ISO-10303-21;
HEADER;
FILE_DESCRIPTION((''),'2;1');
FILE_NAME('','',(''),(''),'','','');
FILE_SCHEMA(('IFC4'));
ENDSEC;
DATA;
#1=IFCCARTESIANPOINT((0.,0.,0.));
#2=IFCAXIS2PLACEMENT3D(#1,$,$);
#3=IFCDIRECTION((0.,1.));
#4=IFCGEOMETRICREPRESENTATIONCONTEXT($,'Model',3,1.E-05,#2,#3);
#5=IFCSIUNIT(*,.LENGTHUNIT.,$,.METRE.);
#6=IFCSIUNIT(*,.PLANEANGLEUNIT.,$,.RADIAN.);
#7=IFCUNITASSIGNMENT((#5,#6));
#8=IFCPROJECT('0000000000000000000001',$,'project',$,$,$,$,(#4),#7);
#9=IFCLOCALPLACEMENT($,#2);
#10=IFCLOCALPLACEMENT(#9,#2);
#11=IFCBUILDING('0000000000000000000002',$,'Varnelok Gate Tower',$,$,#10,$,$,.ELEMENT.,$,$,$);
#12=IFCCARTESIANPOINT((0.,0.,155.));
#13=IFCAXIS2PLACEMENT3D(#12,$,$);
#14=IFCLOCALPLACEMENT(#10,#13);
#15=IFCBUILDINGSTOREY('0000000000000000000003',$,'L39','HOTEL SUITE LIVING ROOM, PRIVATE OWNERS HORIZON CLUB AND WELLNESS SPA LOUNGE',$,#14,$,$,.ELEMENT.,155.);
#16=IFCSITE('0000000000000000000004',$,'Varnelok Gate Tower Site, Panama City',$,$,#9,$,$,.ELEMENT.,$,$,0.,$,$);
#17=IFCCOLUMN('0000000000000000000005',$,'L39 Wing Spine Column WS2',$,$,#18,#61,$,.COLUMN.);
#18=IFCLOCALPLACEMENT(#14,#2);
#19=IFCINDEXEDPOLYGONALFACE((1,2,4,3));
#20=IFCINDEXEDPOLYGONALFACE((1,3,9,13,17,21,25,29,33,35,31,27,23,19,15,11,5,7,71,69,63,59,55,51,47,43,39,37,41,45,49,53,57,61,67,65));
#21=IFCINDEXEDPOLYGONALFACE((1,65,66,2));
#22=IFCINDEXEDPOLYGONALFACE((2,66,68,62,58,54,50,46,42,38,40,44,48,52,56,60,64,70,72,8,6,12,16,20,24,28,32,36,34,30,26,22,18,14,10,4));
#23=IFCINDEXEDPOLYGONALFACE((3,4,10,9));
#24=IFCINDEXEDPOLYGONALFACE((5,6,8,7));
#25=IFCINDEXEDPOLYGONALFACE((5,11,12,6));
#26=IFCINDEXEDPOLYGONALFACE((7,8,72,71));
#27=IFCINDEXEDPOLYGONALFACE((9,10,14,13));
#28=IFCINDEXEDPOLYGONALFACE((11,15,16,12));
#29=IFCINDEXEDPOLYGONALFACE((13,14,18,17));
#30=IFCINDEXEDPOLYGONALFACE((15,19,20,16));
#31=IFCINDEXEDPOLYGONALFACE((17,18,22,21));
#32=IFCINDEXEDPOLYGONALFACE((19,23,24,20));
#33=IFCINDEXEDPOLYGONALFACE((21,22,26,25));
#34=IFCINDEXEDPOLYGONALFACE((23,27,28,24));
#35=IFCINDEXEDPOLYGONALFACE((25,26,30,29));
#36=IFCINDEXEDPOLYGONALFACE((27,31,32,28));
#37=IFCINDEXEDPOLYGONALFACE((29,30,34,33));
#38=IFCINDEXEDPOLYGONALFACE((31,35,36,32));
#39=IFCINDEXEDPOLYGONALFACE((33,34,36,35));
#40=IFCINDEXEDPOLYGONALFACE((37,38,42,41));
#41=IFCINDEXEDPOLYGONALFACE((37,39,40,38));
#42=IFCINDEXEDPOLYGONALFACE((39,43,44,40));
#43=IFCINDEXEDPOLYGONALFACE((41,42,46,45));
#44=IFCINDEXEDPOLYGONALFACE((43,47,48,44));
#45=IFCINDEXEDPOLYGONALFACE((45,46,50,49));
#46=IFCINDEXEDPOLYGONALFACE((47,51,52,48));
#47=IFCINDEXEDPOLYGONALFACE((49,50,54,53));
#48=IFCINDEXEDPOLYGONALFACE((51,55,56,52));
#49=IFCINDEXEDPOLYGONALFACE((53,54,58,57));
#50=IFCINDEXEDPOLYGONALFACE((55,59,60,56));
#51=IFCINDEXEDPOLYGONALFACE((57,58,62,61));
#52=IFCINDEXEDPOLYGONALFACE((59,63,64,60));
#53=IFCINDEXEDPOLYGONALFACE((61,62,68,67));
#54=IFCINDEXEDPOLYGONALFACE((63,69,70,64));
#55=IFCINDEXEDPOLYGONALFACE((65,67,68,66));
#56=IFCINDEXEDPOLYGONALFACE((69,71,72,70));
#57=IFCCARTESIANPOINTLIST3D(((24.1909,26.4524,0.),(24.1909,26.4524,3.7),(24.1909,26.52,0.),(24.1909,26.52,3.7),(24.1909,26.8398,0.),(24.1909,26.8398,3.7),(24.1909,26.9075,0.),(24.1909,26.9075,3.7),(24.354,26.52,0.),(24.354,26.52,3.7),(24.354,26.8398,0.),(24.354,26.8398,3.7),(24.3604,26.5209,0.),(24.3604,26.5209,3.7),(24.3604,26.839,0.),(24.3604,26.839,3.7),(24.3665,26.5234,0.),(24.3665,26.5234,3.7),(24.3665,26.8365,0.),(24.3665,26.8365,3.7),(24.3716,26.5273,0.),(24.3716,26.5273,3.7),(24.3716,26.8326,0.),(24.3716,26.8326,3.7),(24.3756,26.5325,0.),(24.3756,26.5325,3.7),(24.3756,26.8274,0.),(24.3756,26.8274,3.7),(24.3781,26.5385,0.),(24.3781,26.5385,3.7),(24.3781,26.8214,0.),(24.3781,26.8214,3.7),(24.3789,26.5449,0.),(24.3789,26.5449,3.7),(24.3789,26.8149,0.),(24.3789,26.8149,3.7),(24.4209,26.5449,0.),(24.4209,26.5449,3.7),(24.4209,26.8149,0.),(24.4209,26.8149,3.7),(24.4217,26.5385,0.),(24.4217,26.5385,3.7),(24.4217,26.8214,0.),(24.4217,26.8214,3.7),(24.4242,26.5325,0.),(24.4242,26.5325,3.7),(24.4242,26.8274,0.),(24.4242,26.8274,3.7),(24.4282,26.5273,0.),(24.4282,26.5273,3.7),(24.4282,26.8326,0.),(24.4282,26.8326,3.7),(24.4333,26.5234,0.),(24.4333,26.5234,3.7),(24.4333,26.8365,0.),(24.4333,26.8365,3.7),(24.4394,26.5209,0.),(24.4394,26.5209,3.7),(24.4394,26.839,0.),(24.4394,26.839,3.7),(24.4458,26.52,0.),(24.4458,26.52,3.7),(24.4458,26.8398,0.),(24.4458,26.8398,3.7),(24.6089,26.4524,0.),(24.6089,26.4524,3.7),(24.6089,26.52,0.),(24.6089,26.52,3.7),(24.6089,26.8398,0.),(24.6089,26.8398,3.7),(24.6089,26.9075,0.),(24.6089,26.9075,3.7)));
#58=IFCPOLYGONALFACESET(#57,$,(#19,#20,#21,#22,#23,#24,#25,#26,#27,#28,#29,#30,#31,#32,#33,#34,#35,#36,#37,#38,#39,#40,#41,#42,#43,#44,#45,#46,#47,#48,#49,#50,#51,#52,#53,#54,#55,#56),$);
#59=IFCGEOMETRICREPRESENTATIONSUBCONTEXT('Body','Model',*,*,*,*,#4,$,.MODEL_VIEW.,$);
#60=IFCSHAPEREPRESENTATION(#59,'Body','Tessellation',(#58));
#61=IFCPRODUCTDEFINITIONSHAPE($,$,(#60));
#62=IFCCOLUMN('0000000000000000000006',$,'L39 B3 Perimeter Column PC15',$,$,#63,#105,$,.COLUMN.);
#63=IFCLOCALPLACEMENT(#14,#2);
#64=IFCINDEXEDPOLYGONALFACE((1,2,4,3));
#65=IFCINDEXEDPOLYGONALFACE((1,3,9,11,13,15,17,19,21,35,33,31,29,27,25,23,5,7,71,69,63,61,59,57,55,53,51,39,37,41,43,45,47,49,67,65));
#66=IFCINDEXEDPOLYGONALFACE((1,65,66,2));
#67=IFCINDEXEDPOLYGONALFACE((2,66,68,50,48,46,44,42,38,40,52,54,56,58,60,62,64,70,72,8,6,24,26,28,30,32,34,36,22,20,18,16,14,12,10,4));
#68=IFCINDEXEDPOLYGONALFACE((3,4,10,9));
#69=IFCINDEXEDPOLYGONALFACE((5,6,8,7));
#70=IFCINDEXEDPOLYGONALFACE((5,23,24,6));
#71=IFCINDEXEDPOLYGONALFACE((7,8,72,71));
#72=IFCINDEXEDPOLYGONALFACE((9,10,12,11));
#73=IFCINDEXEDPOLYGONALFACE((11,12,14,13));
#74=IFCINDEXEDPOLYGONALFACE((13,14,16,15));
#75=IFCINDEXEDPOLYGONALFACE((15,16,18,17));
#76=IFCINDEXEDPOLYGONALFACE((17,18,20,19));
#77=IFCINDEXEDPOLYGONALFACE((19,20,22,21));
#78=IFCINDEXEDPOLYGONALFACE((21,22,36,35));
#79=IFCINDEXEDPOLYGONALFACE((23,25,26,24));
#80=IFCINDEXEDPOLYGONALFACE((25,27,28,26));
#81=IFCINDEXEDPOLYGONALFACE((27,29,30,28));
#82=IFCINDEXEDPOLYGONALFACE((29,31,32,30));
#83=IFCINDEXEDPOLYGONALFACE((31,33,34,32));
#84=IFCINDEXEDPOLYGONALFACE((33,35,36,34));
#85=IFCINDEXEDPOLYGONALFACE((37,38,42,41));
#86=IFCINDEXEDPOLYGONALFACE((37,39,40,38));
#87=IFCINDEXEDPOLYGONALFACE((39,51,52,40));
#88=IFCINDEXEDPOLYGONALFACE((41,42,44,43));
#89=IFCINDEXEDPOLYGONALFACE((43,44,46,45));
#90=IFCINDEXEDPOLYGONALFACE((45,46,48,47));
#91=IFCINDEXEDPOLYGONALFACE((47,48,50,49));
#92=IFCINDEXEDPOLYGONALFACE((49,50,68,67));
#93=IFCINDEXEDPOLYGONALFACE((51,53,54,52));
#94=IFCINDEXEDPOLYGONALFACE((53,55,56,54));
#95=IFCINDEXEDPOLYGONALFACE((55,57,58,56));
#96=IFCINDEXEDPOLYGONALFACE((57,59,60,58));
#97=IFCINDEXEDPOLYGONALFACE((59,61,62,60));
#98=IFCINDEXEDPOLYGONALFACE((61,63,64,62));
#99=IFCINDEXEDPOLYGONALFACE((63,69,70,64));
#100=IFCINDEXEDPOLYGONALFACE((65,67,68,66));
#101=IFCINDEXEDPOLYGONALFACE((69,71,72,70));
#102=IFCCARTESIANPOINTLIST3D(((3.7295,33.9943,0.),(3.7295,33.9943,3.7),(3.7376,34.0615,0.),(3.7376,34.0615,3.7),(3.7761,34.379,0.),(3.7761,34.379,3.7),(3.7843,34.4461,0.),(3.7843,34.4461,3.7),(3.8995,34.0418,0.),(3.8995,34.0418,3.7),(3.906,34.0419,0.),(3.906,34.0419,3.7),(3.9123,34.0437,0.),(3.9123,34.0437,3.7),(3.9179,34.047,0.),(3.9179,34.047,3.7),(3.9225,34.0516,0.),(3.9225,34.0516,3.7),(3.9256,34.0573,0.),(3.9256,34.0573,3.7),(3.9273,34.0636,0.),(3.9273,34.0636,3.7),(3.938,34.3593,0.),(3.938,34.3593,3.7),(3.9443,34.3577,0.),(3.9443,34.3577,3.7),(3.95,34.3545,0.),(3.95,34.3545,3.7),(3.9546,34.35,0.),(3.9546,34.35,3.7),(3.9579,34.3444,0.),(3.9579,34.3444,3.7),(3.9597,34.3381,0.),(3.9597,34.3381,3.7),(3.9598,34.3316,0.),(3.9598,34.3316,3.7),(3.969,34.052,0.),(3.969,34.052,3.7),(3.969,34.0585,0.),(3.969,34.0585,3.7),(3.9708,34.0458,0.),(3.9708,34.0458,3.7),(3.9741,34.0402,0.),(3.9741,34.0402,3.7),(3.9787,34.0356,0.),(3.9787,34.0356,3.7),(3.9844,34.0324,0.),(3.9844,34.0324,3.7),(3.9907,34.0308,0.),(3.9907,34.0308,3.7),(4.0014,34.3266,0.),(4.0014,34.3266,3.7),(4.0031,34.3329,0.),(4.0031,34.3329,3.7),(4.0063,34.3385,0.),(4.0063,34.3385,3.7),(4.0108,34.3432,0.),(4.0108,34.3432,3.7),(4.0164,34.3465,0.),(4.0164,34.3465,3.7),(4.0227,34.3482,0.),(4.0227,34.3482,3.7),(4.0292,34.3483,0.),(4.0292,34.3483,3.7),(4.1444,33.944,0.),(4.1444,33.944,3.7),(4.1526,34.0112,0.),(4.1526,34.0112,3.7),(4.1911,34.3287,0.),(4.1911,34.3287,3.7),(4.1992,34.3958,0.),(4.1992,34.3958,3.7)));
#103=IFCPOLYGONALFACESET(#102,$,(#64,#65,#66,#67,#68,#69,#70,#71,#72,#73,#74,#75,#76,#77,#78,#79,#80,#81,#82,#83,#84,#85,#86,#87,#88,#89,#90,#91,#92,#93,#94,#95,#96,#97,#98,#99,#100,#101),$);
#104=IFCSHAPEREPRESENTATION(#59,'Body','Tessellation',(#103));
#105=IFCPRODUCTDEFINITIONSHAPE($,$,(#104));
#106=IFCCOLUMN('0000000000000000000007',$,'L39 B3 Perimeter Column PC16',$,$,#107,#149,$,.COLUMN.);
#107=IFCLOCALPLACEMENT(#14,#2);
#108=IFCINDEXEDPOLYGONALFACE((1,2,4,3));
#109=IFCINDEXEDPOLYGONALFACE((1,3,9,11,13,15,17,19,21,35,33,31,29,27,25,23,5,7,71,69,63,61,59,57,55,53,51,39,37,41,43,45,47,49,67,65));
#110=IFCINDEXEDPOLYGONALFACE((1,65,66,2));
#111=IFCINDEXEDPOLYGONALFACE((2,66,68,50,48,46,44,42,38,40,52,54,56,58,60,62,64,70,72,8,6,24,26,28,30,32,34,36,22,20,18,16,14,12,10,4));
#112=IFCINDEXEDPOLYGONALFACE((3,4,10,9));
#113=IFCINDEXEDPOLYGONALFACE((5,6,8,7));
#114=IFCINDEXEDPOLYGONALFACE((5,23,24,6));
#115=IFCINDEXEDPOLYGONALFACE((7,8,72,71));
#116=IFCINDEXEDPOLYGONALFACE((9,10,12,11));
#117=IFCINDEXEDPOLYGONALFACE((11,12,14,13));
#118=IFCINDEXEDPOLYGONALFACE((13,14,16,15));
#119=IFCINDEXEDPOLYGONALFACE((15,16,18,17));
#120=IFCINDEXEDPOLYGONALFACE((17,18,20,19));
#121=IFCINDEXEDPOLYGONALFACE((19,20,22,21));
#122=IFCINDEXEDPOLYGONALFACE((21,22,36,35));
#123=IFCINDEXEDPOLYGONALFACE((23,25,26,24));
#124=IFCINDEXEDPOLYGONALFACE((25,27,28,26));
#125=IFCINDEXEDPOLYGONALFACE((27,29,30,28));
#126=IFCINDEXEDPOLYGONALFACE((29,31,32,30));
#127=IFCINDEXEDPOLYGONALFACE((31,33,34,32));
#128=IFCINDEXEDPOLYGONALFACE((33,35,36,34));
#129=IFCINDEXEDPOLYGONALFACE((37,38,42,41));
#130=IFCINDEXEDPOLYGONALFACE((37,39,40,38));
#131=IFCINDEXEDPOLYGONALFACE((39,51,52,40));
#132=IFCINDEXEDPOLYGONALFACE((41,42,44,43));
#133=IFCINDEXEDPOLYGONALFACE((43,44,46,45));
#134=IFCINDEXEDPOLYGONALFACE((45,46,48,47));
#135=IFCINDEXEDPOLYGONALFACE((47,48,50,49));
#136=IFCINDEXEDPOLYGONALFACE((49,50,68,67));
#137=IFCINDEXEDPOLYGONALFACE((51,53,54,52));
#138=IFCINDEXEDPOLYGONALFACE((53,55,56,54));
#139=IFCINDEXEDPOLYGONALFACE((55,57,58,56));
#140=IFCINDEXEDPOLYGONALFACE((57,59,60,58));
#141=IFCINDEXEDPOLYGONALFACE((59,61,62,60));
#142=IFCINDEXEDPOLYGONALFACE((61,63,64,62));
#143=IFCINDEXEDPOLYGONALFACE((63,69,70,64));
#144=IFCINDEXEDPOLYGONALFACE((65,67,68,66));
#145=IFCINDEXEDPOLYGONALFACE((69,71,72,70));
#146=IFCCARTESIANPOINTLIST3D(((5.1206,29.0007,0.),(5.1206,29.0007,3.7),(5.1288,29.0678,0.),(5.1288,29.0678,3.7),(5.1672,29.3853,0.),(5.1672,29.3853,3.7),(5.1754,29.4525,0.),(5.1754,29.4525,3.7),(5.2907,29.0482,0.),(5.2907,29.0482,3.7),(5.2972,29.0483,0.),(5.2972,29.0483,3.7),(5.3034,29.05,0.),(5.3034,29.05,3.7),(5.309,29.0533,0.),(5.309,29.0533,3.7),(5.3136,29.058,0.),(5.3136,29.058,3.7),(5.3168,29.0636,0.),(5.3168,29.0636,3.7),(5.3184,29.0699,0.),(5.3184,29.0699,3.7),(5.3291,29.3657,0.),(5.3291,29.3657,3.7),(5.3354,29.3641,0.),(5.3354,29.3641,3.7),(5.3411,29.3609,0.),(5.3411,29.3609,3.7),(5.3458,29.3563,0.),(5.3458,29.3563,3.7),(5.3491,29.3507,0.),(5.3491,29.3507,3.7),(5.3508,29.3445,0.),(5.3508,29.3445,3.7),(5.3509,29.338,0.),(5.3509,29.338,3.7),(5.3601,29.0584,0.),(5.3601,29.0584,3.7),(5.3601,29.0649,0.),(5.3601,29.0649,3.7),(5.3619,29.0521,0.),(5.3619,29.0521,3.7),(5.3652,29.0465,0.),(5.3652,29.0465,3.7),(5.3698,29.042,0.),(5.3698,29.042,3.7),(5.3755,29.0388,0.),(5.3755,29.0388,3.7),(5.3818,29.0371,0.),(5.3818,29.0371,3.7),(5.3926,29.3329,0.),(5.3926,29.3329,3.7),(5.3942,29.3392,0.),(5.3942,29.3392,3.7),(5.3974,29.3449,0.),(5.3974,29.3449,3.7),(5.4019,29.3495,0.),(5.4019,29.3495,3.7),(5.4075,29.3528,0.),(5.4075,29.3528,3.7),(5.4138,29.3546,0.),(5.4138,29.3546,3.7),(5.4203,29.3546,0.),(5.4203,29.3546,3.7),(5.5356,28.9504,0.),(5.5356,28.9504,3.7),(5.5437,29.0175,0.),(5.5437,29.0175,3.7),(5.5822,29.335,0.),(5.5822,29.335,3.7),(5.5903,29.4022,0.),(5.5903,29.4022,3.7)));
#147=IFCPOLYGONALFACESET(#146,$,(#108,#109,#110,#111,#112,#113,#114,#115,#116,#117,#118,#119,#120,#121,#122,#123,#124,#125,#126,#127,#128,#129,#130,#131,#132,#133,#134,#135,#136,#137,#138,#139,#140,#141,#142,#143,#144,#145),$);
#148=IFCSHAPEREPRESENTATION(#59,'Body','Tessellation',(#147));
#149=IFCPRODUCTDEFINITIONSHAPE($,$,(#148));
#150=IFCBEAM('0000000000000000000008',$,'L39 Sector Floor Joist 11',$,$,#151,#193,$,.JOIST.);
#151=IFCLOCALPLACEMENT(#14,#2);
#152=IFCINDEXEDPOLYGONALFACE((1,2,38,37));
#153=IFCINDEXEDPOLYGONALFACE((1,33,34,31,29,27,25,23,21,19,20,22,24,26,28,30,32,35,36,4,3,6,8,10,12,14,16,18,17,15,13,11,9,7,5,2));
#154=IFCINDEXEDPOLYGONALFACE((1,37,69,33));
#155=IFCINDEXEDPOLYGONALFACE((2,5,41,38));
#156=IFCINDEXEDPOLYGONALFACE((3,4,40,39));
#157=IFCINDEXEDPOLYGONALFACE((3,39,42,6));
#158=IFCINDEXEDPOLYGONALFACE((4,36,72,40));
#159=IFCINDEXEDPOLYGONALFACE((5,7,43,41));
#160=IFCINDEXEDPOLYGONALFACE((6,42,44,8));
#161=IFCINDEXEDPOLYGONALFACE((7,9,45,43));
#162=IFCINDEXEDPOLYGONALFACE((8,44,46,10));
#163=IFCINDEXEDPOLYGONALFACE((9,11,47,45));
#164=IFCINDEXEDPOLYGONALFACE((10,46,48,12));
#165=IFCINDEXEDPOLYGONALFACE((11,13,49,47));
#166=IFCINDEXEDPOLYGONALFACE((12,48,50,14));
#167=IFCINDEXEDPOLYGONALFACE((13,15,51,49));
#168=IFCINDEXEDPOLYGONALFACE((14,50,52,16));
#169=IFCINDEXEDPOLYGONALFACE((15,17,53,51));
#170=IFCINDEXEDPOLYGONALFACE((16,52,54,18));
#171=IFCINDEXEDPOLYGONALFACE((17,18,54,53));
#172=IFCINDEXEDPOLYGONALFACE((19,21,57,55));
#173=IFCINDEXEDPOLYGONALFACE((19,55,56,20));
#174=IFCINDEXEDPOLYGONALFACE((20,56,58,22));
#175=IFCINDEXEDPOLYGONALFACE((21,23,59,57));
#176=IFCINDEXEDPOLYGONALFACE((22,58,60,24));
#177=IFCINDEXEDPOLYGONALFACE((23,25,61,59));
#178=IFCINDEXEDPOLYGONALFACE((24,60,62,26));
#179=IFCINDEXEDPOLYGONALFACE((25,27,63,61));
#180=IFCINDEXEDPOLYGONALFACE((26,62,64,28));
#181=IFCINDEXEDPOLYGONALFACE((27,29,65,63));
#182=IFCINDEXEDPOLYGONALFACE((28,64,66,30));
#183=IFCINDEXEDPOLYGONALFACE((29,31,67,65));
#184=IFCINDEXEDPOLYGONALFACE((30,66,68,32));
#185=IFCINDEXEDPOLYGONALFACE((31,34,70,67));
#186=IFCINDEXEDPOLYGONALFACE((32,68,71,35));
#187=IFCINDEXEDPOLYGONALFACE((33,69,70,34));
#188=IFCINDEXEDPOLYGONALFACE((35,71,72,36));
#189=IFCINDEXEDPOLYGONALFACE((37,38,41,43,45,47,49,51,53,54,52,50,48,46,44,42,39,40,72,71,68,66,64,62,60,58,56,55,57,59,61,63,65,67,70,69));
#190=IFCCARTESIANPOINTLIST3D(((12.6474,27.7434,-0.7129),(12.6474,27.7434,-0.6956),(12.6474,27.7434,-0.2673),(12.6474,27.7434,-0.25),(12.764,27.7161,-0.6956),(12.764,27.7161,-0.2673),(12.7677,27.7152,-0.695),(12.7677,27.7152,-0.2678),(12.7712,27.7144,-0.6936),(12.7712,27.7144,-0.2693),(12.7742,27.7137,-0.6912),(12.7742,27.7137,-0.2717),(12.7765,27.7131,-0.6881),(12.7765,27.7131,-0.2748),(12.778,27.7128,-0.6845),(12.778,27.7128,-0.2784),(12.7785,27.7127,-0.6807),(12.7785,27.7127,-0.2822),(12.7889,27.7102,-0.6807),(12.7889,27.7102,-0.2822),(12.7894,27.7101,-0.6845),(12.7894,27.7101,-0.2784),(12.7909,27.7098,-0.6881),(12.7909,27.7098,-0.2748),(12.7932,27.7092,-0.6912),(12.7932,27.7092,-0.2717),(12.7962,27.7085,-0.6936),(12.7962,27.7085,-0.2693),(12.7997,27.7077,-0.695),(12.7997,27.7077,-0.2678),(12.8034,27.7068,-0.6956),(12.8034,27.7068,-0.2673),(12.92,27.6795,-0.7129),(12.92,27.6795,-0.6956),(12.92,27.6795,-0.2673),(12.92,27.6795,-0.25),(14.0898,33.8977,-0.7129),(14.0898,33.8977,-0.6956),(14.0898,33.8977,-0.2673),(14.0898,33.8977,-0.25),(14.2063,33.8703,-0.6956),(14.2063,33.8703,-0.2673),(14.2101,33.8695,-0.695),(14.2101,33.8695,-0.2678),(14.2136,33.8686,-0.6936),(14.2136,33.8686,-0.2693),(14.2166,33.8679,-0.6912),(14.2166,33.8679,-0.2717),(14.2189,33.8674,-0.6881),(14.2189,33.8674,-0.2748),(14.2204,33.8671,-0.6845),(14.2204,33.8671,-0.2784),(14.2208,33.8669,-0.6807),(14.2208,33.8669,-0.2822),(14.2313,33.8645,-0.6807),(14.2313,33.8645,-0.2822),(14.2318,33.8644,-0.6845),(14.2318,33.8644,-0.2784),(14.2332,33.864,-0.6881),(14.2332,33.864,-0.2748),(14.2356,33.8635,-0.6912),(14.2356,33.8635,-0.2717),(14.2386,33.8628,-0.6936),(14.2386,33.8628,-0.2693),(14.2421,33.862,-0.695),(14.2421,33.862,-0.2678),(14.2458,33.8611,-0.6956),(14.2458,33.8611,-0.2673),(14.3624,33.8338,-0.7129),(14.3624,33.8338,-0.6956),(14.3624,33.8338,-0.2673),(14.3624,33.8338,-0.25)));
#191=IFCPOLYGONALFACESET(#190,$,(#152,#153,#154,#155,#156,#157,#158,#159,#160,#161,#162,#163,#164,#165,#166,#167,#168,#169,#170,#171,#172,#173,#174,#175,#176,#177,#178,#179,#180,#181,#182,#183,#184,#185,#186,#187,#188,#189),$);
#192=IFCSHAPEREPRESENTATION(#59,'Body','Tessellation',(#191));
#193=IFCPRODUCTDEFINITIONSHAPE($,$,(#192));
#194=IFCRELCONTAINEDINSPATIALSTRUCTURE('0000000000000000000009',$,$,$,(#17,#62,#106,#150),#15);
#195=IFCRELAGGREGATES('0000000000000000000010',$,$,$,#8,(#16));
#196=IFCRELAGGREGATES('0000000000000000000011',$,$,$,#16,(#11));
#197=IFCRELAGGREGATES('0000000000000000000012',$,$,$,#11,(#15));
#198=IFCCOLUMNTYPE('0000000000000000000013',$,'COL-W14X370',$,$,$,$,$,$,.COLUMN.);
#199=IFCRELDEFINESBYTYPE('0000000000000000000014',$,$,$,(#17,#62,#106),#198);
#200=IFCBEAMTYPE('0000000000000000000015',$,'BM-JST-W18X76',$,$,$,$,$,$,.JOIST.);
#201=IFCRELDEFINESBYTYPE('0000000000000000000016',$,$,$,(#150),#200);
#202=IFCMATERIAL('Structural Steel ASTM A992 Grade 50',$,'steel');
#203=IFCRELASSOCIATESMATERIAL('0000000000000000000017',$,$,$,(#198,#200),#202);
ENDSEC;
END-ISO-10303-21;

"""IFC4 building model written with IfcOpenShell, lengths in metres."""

from ifc_helpers import new_model, si_unit, direction, frame, origin, origin_2d, place, context, subcontext, project, spatial, i_section, extrude, material, material_profile, profile_set, type_object, element, save


model = new_model("IFC4")

# Units and contexts
model_context = context("Model", 3, precision=1e-05, world=origin(), true_north=direction((0.0, 1.0)))
body_context = subcontext(model_context, "Body", "Model", "MODEL_VIEW")
ifc_project = project(units=[si_unit("LENGTHUNIT", "METRE"), si_unit("PLANEANGLEUNIT", "RADIAN")], contexts=[model_context])

# Site, building, storey
site_placement = place(None, origin())
site = spatial("IfcSite", under=ifc_project, at=site_placement, Name="Varnelok Gate Tower Site, Panama City", CompositionType="ELEMENT", RefElevation=0.0)
building_placement = place(site_placement, origin())
building = spatial("IfcBuilding", under=site, at=building_placement, Name="Varnelok Gate Tower", CompositionType="ELEMENT")
storey_placement = place(building_placement, frame((0.0, 0.0, 155.0)))
storey = spatial("IfcBuildingStorey", under=building, at=storey_placement, Name="L39", Description="HOTEL SUITE LIVING ROOM, PRIVATE OWNERS HORIZON CLUB AND WELLNESS SPA LOUNGE", CompositionType="ELEMENT", Elevation=155.0)

# Columns
ifc_material_1 = material(Name="Structural Steel ASTM A992 Grade 50", Category="steel")
ifc_material_profile_1 = material_profile(ifc_material_1, i_section(OverallWidth=0.418, OverallDepth=0.4551, WebThickness=0.042, FlangeThickness=0.0676, FilletRadius=0.0249, at=origin_2d()), Name="W14X370")
ifc_profile_set_1 = profile_set([ifc_material_profile_1], Name="Structural Steel ASTM A992 Grade 50")
column_type = type_object("IfcColumnType", Name="COL-W14X370", PredefinedType="COLUMN", material=ifc_profile_set_1)
for number, where, z_axis, x_axis, name in (
    (1, (24.3999, 26.6799, 0.0), (0.0, 0.0, 1.0), (1.0, 0.0, 0.0), "L39 Wing Spine Column WS2"),
    (2, (3.9644, 34.1951, 0.0), (0.0, 0.0, 1.0), (0.992732, -0.120345, 0.0), "L39 B3 Perimeter Column PC15"),
    (3, (5.3555, 29.2014, 0.0), (0.0, 0.0, 1.0), (0.992732, -0.120345, 0.0), "L39 B3 Perimeter Column PC16"),
):
    element("IfcColumn", number, at=place(storey_placement, frame(where, z_axis=z_axis, x_axis=x_axis)), inside=storey, type_object=column_type, Name=name, PredefinedType="COLUMN", context=body_context, shape_type="SweptSolid", body=[
        extrude(i_section(OverallWidth=0.418, OverallDepth=0.4551, WebThickness=0.042, FlangeThickness=0.0676, FilletRadius=0.0249, at=origin_2d()), origin(), (0.0, 0.0, 1.0), 3.7),
    ])

# Beam
ifc_material_profile_2 = material_profile(ifc_material_1, i_section(OverallWidth=0.28, OverallDepth=0.4629, WebThickness=0.0107, FlangeThickness=0.0173, FilletRadius=0.0149, at=origin_2d()), Name="W18X76")
ifc_profile_set_2 = profile_set([ifc_material_profile_2], Name="Structural Steel ASTM A992 Grade 50")
beam_type_1 = type_object("IfcBeamType", Name="BM-JST-W18X76", PredefinedType="JOIST", material=ifc_profile_set_2)
beam_1_placement = place(storey_placement, frame((14.2261, 33.8657, -0.4814), z_axis=(-0.228187, -0.973617, 0.0), x_axis=(0.973617, -0.228187, 0.0)))
element("IfcBeam", 4, at=beam_1_placement, inside=storey, type_object=beam_type_1, Name="L39 Sector Floor Joist 11", PredefinedType="JOIST", context=body_context, shape_type="SweptSolid", body=[
    extrude(i_section(OverallWidth=0.28, OverallDepth=0.4629, WebThickness=0.0107, FlangeThickness=0.0173, FilletRadius=0.0149, at=origin_2d()), origin(), (0.0, 0.0, 1.0), 6.321),
])

save(model, "model.ifc")
